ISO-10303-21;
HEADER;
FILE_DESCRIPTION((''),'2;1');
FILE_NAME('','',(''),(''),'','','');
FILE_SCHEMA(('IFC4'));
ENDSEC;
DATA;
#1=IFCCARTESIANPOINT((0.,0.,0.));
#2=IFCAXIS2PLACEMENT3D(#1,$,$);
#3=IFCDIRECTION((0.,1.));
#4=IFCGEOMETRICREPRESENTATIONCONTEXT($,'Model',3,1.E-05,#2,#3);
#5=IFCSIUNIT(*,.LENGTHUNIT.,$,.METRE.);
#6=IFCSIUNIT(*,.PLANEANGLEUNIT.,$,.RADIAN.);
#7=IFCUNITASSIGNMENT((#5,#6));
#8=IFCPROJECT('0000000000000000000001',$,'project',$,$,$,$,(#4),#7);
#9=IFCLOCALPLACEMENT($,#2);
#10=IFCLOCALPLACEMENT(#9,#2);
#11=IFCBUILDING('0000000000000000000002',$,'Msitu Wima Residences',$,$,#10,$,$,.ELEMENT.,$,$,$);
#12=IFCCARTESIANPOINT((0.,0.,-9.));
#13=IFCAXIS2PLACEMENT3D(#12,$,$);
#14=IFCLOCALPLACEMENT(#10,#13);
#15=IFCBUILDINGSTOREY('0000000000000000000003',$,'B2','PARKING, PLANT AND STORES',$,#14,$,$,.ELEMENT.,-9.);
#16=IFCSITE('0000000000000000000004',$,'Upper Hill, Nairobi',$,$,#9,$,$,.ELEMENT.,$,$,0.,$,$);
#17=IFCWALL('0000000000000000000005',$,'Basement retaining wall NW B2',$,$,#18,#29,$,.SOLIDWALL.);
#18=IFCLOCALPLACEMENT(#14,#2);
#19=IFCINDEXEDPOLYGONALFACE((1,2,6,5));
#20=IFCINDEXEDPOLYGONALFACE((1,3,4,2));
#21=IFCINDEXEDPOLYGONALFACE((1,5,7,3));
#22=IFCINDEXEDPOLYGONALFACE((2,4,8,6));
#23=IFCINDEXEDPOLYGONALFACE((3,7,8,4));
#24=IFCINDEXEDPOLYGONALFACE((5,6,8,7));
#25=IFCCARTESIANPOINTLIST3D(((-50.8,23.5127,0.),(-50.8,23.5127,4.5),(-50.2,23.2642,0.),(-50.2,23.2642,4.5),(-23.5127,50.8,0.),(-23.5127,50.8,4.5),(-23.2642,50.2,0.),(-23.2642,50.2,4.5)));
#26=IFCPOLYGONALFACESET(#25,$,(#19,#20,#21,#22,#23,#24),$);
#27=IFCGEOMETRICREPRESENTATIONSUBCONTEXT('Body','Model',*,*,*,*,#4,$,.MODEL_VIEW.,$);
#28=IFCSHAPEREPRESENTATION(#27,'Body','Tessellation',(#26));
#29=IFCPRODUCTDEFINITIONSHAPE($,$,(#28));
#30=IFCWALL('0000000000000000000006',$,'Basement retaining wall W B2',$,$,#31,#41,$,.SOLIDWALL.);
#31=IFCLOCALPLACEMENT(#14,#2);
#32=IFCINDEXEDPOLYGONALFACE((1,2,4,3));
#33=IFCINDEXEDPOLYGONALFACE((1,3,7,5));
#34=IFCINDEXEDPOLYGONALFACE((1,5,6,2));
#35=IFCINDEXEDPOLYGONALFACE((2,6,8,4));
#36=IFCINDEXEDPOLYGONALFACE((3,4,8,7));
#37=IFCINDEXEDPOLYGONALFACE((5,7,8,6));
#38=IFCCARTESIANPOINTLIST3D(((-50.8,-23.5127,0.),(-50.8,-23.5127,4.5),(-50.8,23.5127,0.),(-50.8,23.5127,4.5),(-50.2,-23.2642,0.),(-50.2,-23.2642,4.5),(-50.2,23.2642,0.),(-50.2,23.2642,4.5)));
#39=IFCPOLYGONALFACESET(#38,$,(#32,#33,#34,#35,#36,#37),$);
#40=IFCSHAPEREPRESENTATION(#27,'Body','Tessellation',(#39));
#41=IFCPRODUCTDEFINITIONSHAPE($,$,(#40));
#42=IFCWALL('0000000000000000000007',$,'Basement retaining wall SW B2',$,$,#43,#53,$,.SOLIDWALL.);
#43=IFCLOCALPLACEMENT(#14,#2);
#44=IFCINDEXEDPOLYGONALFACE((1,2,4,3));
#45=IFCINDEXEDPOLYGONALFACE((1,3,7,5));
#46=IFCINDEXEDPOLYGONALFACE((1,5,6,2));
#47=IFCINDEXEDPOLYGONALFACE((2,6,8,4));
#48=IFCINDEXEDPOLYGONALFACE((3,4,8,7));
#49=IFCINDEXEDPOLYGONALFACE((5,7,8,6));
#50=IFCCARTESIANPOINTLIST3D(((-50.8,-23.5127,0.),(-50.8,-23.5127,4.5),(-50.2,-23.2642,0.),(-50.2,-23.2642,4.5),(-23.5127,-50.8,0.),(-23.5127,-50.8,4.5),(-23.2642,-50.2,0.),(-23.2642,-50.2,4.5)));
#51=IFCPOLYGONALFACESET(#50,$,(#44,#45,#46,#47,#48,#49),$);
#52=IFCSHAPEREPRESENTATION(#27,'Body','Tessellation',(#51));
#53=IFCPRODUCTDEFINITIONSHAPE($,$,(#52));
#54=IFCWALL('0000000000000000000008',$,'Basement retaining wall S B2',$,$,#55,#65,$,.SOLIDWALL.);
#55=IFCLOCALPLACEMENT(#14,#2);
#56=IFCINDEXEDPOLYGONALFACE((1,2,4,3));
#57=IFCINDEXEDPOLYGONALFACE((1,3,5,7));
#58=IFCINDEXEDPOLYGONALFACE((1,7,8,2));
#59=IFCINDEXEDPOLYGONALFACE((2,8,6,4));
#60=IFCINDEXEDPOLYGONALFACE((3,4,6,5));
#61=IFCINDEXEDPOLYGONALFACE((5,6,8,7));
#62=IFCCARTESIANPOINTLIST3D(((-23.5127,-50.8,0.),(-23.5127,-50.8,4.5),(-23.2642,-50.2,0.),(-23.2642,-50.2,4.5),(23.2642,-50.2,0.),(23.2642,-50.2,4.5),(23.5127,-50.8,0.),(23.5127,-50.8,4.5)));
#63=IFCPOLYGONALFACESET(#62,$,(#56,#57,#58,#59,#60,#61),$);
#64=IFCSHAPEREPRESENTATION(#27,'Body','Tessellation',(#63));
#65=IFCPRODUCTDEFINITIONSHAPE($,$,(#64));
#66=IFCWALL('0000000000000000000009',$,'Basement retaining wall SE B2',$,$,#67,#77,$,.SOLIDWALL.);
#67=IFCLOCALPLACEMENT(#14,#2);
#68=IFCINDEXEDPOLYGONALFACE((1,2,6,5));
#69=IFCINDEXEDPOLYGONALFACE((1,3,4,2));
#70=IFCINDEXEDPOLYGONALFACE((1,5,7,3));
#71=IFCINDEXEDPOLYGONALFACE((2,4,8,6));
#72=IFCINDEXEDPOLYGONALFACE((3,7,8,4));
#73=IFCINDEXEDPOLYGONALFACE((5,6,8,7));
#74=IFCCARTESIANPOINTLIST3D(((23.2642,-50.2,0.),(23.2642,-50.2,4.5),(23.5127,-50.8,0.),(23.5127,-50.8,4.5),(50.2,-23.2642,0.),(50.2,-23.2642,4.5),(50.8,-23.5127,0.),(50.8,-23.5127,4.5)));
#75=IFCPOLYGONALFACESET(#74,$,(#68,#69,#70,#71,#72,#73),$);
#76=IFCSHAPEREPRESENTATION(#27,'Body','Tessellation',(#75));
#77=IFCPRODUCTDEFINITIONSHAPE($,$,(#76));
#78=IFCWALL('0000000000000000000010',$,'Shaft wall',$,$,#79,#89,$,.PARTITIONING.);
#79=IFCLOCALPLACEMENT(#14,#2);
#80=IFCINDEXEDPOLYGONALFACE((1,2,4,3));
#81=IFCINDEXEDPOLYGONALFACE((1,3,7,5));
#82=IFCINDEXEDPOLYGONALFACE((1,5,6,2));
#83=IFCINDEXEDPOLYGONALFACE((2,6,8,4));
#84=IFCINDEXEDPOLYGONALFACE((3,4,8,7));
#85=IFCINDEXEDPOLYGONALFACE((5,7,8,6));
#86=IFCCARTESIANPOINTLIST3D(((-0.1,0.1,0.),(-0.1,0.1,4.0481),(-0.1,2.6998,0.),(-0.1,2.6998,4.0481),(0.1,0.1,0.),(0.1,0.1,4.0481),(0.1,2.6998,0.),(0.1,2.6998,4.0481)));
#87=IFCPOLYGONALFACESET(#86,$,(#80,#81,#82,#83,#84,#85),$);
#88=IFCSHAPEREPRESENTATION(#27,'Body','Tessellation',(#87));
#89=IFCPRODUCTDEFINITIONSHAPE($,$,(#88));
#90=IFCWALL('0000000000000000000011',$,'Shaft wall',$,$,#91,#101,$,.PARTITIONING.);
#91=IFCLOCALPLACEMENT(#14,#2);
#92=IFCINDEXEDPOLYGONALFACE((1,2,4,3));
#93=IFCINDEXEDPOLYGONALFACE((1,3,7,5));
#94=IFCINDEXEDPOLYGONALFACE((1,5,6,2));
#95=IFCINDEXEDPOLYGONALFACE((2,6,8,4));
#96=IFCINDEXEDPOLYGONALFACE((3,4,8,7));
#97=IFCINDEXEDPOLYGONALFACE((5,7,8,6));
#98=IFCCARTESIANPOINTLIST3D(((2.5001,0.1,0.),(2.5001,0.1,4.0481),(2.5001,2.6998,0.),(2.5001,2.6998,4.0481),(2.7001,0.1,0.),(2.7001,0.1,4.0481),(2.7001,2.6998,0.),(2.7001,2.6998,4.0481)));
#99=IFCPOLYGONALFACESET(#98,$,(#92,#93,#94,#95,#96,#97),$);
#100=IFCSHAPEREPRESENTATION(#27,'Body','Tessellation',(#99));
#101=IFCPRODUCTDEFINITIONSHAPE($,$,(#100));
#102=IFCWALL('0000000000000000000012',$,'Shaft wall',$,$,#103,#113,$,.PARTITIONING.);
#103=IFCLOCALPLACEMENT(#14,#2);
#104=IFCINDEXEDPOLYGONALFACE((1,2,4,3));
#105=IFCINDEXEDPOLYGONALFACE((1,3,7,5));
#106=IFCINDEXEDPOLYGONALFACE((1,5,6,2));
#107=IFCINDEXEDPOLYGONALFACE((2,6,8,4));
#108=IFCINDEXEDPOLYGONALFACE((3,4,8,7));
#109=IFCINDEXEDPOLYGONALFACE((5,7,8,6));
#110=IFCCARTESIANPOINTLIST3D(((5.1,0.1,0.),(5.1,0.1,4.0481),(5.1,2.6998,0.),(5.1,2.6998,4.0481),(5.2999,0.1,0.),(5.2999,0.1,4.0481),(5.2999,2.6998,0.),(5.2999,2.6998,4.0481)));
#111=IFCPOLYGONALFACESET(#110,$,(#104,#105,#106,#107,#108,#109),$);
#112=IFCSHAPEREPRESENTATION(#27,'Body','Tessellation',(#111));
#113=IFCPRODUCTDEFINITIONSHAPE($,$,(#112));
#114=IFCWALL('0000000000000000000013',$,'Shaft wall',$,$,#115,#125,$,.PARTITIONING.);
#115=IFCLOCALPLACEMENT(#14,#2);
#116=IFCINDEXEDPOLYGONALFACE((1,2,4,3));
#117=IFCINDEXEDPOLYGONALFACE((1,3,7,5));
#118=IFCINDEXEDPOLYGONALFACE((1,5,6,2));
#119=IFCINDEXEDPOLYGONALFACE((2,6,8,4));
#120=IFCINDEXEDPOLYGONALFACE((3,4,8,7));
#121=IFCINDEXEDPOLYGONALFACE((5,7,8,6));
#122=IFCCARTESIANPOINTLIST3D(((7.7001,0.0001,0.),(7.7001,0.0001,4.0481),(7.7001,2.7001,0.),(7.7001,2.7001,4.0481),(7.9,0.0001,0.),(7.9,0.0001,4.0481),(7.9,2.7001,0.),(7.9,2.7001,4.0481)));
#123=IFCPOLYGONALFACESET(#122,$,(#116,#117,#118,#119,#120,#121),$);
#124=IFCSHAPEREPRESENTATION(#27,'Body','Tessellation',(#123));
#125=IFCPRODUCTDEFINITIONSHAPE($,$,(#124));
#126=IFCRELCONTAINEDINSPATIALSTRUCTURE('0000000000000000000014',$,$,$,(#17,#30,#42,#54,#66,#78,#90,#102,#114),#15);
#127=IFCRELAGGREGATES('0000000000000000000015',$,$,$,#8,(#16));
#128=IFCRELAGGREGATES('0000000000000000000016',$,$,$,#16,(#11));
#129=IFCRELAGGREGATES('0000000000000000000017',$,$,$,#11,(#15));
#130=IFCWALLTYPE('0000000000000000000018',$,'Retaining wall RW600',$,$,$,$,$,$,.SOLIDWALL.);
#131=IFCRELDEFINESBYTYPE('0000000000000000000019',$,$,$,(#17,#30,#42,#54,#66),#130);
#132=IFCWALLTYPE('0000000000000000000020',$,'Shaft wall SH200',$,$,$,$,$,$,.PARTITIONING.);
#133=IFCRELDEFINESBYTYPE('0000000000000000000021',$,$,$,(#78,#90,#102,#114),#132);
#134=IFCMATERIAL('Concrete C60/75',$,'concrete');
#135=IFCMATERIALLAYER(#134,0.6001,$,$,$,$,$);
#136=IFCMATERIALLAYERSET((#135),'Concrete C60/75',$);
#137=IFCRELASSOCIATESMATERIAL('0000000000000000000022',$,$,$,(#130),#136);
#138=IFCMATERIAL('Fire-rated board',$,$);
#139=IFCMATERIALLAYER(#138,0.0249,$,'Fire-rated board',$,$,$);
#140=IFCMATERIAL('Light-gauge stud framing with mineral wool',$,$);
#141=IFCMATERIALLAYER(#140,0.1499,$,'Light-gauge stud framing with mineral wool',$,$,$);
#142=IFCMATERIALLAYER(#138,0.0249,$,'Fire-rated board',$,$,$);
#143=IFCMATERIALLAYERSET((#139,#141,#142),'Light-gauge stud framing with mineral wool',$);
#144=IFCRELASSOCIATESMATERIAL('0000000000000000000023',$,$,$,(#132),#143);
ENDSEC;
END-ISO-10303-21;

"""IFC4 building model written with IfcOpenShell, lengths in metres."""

from ifc_helpers import new_model, si_unit, direction, frame, frame_2d, origin, place, context, subcontext, project, spatial, polyline, rectangle, outline, extrude, material, layer, layer_set, type_object, element, save


model = new_model("IFC4")

# Units and contexts
model_context = context("Model", 3, precision=1e-05, world=origin(), true_north=direction((0.0, 1.0)))
body_context = subcontext(model_context, "Body", "Model", "MODEL_VIEW")
ifc_project = project(units=[si_unit("LENGTHUNIT", "METRE"), si_unit("PLANEANGLEUNIT", "RADIAN")], contexts=[model_context])

# Site, building, storey
site_placement = place(None, origin())
site = spatial("IfcSite", under=ifc_project, at=site_placement, Name="Upper Hill, Nairobi", CompositionType="ELEMENT", RefElevation=0.0)
building_placement = place(site_placement, origin())
building = spatial("IfcBuilding", under=site, at=building_placement, Name="Msitu Wima Residences", CompositionType="ELEMENT")
storey_placement = place(building_placement, frame((0.0, 0.0, -9.0)))
storey = spatial("IfcBuildingStorey", under=building, at=storey_placement, Name="B2", Description="PARKING, PLANT AND STORES", CompositionType="ELEMENT", Elevation=-9.0)

# Walls
ifc_material_1 = material(Name="Concrete C60/75", Category="concrete")
ifc_layer_1 = layer(ifc_material_1, 0.6001)
ifc_layer_set_1 = layer_set([ifc_layer_1], Name="Concrete C60/75")
wall_type_1 = type_object("IfcWallType", Name="Retaining wall RW600", PredefinedType="SOLIDWALL", material=ifc_layer_set_1)
wall_1_placement = place(storey_placement, origin())
element("IfcWall", 1, at=wall_1_placement, inside=storey, type_object=wall_type_1, Name="Basement retaining wall NW B2", PredefinedType="SOLIDWALL", context=body_context, shape_type="SweptSolid", body=[
    extrude(outline(polyline([(-23.5127, 50.8), (-50.8, 23.5127), (-50.2, 23.2642), (-23.2642, 50.2), (-23.5127, 50.8)])), origin(), (0.0, 0.0, 1.0), 4.5),
])
wall_2_placement = place(storey_placement, origin())
element("IfcWall", 2, at=wall_2_placement, inside=storey, type_object=wall_type_1, Name="Basement retaining wall W B2", PredefinedType="SOLIDWALL", context=body_context, shape_type="SweptSolid", body=[
    extrude(outline(polyline([(-50.8, 23.5127), (-50.8, -23.5127), (-50.2, -23.2642), (-50.2, 23.2642), (-50.8, 23.5127)])), origin(), (0.0, 0.0, 1.0), 4.5),
])
wall_3_placement = place(storey_placement, origin())
element("IfcWall", 3, at=wall_3_placement, inside=storey, type_object=wall_type_1, Name="Basement retaining wall SW B2", PredefinedType="SOLIDWALL", context=body_context, shape_type="SweptSolid", body=[
    extrude(outline(polyline([(-50.8, -23.5127), (-23.5127, -50.8), (-23.2642, -50.2), (-50.2, -23.2642), (-50.8, -23.5127)])), origin(), (0.0, 0.0, 1.0), 4.5),
])
wall_4_placement = place(storey_placement, origin())
element("IfcWall", 4, at=wall_4_placement, inside=storey, type_object=wall_type_1, Name="Basement retaining wall S B2", PredefinedType="SOLIDWALL", context=body_context, shape_type="SweptSolid", body=[
    extrude(outline(polyline([(-23.5127, -50.8), (23.5127, -50.8), (23.2642, -50.2), (-23.2642, -50.2), (-23.5127, -50.8)])), origin(), (0.0, 0.0, 1.0), 4.5),
])
wall_5_placement = place(storey_placement, origin())
element("IfcWall", 5, at=wall_5_placement, inside=storey, type_object=wall_type_1, Name="Basement retaining wall SE B2", PredefinedType="SOLIDWALL", context=body_context, shape_type="SweptSolid", body=[
    extrude(outline(polyline([(23.5127, -50.8), (50.8, -23.5127), (50.2, -23.2642), (23.2642, -50.2), (23.5127, -50.8)])), origin(), (0.0, 0.0, 1.0), 4.5),
])
ifc_material_2 = material(Name="Fire-rated board")
ifc_layer_2 = layer(ifc_material_2, 0.0249, Name="Fire-rated board")
ifc_material_3 = material(Name="Light-gauge stud framing with mineral wool")
ifc_layer_3 = layer(ifc_material_3, 0.1499, Name="Light-gauge stud framing with mineral wool")
ifc_layer_4 = layer(ifc_material_2, 0.0249, Name="Fire-rated board")
ifc_layer_set_2 = layer_set([ifc_layer_2, ifc_layer_3, ifc_layer_4], Name="Light-gauge stud framing with mineral wool")
wall_type_2 = type_object("IfcWallType", Name="Shaft wall SH200", PredefinedType="PARTITIONING", material=ifc_layer_set_2)
for number, where, z_axis, x_axis, name in (
    (6, (0.0, 0.1001, 0.0), (0.0, 0.0, 1.0), (0.0, 1.0, 0.0), "Shaft wall"),
    (7, (2.6001, 0.1001, 0.0), (0.0, 0.0, 1.0), (0.0, 1.0, 0.0), "Shaft wall"),
    (8, (5.2, 0.1001, 0.0), (0.0, 0.0, 1.0), (0.0, 1.0, 0.0), "Shaft wall"),
):
    element("IfcWall", number, at=place(storey_placement, frame(where, z_axis=z_axis, x_axis=x_axis)), inside=storey, type_object=wall_type_2, Name=name, PredefinedType="PARTITIONING", context=body_context, shape_type="SweptSolid", body=[
        extrude(rectangle(XDim=2.5999, YDim=0.2, at=frame_2d((1.2998, 0.0))), origin(), (0.0, 0.0, 1.0), 4.0481),
    ])
wall_6_placement = place(storey_placement, frame((7.8, 0.0, 0.0), z_axis=(0.0, 0.0, 1.0), x_axis=(0.0, 1.0, 0.0)))
element("IfcWall", 9, at=wall_6_placement, inside=storey, type_object=wall_type_2, Name="Shaft wall", PredefinedType="PARTITIONING", context=body_context, shape_type="SweptSolid", body=[
    extrude(rectangle(XDim=2.7, YDim=0.2, at=frame_2d((1.3501, 0.0))), origin(), (0.0, 0.0, 1.0), 4.0481),
])

save(model, "model.ifc")
